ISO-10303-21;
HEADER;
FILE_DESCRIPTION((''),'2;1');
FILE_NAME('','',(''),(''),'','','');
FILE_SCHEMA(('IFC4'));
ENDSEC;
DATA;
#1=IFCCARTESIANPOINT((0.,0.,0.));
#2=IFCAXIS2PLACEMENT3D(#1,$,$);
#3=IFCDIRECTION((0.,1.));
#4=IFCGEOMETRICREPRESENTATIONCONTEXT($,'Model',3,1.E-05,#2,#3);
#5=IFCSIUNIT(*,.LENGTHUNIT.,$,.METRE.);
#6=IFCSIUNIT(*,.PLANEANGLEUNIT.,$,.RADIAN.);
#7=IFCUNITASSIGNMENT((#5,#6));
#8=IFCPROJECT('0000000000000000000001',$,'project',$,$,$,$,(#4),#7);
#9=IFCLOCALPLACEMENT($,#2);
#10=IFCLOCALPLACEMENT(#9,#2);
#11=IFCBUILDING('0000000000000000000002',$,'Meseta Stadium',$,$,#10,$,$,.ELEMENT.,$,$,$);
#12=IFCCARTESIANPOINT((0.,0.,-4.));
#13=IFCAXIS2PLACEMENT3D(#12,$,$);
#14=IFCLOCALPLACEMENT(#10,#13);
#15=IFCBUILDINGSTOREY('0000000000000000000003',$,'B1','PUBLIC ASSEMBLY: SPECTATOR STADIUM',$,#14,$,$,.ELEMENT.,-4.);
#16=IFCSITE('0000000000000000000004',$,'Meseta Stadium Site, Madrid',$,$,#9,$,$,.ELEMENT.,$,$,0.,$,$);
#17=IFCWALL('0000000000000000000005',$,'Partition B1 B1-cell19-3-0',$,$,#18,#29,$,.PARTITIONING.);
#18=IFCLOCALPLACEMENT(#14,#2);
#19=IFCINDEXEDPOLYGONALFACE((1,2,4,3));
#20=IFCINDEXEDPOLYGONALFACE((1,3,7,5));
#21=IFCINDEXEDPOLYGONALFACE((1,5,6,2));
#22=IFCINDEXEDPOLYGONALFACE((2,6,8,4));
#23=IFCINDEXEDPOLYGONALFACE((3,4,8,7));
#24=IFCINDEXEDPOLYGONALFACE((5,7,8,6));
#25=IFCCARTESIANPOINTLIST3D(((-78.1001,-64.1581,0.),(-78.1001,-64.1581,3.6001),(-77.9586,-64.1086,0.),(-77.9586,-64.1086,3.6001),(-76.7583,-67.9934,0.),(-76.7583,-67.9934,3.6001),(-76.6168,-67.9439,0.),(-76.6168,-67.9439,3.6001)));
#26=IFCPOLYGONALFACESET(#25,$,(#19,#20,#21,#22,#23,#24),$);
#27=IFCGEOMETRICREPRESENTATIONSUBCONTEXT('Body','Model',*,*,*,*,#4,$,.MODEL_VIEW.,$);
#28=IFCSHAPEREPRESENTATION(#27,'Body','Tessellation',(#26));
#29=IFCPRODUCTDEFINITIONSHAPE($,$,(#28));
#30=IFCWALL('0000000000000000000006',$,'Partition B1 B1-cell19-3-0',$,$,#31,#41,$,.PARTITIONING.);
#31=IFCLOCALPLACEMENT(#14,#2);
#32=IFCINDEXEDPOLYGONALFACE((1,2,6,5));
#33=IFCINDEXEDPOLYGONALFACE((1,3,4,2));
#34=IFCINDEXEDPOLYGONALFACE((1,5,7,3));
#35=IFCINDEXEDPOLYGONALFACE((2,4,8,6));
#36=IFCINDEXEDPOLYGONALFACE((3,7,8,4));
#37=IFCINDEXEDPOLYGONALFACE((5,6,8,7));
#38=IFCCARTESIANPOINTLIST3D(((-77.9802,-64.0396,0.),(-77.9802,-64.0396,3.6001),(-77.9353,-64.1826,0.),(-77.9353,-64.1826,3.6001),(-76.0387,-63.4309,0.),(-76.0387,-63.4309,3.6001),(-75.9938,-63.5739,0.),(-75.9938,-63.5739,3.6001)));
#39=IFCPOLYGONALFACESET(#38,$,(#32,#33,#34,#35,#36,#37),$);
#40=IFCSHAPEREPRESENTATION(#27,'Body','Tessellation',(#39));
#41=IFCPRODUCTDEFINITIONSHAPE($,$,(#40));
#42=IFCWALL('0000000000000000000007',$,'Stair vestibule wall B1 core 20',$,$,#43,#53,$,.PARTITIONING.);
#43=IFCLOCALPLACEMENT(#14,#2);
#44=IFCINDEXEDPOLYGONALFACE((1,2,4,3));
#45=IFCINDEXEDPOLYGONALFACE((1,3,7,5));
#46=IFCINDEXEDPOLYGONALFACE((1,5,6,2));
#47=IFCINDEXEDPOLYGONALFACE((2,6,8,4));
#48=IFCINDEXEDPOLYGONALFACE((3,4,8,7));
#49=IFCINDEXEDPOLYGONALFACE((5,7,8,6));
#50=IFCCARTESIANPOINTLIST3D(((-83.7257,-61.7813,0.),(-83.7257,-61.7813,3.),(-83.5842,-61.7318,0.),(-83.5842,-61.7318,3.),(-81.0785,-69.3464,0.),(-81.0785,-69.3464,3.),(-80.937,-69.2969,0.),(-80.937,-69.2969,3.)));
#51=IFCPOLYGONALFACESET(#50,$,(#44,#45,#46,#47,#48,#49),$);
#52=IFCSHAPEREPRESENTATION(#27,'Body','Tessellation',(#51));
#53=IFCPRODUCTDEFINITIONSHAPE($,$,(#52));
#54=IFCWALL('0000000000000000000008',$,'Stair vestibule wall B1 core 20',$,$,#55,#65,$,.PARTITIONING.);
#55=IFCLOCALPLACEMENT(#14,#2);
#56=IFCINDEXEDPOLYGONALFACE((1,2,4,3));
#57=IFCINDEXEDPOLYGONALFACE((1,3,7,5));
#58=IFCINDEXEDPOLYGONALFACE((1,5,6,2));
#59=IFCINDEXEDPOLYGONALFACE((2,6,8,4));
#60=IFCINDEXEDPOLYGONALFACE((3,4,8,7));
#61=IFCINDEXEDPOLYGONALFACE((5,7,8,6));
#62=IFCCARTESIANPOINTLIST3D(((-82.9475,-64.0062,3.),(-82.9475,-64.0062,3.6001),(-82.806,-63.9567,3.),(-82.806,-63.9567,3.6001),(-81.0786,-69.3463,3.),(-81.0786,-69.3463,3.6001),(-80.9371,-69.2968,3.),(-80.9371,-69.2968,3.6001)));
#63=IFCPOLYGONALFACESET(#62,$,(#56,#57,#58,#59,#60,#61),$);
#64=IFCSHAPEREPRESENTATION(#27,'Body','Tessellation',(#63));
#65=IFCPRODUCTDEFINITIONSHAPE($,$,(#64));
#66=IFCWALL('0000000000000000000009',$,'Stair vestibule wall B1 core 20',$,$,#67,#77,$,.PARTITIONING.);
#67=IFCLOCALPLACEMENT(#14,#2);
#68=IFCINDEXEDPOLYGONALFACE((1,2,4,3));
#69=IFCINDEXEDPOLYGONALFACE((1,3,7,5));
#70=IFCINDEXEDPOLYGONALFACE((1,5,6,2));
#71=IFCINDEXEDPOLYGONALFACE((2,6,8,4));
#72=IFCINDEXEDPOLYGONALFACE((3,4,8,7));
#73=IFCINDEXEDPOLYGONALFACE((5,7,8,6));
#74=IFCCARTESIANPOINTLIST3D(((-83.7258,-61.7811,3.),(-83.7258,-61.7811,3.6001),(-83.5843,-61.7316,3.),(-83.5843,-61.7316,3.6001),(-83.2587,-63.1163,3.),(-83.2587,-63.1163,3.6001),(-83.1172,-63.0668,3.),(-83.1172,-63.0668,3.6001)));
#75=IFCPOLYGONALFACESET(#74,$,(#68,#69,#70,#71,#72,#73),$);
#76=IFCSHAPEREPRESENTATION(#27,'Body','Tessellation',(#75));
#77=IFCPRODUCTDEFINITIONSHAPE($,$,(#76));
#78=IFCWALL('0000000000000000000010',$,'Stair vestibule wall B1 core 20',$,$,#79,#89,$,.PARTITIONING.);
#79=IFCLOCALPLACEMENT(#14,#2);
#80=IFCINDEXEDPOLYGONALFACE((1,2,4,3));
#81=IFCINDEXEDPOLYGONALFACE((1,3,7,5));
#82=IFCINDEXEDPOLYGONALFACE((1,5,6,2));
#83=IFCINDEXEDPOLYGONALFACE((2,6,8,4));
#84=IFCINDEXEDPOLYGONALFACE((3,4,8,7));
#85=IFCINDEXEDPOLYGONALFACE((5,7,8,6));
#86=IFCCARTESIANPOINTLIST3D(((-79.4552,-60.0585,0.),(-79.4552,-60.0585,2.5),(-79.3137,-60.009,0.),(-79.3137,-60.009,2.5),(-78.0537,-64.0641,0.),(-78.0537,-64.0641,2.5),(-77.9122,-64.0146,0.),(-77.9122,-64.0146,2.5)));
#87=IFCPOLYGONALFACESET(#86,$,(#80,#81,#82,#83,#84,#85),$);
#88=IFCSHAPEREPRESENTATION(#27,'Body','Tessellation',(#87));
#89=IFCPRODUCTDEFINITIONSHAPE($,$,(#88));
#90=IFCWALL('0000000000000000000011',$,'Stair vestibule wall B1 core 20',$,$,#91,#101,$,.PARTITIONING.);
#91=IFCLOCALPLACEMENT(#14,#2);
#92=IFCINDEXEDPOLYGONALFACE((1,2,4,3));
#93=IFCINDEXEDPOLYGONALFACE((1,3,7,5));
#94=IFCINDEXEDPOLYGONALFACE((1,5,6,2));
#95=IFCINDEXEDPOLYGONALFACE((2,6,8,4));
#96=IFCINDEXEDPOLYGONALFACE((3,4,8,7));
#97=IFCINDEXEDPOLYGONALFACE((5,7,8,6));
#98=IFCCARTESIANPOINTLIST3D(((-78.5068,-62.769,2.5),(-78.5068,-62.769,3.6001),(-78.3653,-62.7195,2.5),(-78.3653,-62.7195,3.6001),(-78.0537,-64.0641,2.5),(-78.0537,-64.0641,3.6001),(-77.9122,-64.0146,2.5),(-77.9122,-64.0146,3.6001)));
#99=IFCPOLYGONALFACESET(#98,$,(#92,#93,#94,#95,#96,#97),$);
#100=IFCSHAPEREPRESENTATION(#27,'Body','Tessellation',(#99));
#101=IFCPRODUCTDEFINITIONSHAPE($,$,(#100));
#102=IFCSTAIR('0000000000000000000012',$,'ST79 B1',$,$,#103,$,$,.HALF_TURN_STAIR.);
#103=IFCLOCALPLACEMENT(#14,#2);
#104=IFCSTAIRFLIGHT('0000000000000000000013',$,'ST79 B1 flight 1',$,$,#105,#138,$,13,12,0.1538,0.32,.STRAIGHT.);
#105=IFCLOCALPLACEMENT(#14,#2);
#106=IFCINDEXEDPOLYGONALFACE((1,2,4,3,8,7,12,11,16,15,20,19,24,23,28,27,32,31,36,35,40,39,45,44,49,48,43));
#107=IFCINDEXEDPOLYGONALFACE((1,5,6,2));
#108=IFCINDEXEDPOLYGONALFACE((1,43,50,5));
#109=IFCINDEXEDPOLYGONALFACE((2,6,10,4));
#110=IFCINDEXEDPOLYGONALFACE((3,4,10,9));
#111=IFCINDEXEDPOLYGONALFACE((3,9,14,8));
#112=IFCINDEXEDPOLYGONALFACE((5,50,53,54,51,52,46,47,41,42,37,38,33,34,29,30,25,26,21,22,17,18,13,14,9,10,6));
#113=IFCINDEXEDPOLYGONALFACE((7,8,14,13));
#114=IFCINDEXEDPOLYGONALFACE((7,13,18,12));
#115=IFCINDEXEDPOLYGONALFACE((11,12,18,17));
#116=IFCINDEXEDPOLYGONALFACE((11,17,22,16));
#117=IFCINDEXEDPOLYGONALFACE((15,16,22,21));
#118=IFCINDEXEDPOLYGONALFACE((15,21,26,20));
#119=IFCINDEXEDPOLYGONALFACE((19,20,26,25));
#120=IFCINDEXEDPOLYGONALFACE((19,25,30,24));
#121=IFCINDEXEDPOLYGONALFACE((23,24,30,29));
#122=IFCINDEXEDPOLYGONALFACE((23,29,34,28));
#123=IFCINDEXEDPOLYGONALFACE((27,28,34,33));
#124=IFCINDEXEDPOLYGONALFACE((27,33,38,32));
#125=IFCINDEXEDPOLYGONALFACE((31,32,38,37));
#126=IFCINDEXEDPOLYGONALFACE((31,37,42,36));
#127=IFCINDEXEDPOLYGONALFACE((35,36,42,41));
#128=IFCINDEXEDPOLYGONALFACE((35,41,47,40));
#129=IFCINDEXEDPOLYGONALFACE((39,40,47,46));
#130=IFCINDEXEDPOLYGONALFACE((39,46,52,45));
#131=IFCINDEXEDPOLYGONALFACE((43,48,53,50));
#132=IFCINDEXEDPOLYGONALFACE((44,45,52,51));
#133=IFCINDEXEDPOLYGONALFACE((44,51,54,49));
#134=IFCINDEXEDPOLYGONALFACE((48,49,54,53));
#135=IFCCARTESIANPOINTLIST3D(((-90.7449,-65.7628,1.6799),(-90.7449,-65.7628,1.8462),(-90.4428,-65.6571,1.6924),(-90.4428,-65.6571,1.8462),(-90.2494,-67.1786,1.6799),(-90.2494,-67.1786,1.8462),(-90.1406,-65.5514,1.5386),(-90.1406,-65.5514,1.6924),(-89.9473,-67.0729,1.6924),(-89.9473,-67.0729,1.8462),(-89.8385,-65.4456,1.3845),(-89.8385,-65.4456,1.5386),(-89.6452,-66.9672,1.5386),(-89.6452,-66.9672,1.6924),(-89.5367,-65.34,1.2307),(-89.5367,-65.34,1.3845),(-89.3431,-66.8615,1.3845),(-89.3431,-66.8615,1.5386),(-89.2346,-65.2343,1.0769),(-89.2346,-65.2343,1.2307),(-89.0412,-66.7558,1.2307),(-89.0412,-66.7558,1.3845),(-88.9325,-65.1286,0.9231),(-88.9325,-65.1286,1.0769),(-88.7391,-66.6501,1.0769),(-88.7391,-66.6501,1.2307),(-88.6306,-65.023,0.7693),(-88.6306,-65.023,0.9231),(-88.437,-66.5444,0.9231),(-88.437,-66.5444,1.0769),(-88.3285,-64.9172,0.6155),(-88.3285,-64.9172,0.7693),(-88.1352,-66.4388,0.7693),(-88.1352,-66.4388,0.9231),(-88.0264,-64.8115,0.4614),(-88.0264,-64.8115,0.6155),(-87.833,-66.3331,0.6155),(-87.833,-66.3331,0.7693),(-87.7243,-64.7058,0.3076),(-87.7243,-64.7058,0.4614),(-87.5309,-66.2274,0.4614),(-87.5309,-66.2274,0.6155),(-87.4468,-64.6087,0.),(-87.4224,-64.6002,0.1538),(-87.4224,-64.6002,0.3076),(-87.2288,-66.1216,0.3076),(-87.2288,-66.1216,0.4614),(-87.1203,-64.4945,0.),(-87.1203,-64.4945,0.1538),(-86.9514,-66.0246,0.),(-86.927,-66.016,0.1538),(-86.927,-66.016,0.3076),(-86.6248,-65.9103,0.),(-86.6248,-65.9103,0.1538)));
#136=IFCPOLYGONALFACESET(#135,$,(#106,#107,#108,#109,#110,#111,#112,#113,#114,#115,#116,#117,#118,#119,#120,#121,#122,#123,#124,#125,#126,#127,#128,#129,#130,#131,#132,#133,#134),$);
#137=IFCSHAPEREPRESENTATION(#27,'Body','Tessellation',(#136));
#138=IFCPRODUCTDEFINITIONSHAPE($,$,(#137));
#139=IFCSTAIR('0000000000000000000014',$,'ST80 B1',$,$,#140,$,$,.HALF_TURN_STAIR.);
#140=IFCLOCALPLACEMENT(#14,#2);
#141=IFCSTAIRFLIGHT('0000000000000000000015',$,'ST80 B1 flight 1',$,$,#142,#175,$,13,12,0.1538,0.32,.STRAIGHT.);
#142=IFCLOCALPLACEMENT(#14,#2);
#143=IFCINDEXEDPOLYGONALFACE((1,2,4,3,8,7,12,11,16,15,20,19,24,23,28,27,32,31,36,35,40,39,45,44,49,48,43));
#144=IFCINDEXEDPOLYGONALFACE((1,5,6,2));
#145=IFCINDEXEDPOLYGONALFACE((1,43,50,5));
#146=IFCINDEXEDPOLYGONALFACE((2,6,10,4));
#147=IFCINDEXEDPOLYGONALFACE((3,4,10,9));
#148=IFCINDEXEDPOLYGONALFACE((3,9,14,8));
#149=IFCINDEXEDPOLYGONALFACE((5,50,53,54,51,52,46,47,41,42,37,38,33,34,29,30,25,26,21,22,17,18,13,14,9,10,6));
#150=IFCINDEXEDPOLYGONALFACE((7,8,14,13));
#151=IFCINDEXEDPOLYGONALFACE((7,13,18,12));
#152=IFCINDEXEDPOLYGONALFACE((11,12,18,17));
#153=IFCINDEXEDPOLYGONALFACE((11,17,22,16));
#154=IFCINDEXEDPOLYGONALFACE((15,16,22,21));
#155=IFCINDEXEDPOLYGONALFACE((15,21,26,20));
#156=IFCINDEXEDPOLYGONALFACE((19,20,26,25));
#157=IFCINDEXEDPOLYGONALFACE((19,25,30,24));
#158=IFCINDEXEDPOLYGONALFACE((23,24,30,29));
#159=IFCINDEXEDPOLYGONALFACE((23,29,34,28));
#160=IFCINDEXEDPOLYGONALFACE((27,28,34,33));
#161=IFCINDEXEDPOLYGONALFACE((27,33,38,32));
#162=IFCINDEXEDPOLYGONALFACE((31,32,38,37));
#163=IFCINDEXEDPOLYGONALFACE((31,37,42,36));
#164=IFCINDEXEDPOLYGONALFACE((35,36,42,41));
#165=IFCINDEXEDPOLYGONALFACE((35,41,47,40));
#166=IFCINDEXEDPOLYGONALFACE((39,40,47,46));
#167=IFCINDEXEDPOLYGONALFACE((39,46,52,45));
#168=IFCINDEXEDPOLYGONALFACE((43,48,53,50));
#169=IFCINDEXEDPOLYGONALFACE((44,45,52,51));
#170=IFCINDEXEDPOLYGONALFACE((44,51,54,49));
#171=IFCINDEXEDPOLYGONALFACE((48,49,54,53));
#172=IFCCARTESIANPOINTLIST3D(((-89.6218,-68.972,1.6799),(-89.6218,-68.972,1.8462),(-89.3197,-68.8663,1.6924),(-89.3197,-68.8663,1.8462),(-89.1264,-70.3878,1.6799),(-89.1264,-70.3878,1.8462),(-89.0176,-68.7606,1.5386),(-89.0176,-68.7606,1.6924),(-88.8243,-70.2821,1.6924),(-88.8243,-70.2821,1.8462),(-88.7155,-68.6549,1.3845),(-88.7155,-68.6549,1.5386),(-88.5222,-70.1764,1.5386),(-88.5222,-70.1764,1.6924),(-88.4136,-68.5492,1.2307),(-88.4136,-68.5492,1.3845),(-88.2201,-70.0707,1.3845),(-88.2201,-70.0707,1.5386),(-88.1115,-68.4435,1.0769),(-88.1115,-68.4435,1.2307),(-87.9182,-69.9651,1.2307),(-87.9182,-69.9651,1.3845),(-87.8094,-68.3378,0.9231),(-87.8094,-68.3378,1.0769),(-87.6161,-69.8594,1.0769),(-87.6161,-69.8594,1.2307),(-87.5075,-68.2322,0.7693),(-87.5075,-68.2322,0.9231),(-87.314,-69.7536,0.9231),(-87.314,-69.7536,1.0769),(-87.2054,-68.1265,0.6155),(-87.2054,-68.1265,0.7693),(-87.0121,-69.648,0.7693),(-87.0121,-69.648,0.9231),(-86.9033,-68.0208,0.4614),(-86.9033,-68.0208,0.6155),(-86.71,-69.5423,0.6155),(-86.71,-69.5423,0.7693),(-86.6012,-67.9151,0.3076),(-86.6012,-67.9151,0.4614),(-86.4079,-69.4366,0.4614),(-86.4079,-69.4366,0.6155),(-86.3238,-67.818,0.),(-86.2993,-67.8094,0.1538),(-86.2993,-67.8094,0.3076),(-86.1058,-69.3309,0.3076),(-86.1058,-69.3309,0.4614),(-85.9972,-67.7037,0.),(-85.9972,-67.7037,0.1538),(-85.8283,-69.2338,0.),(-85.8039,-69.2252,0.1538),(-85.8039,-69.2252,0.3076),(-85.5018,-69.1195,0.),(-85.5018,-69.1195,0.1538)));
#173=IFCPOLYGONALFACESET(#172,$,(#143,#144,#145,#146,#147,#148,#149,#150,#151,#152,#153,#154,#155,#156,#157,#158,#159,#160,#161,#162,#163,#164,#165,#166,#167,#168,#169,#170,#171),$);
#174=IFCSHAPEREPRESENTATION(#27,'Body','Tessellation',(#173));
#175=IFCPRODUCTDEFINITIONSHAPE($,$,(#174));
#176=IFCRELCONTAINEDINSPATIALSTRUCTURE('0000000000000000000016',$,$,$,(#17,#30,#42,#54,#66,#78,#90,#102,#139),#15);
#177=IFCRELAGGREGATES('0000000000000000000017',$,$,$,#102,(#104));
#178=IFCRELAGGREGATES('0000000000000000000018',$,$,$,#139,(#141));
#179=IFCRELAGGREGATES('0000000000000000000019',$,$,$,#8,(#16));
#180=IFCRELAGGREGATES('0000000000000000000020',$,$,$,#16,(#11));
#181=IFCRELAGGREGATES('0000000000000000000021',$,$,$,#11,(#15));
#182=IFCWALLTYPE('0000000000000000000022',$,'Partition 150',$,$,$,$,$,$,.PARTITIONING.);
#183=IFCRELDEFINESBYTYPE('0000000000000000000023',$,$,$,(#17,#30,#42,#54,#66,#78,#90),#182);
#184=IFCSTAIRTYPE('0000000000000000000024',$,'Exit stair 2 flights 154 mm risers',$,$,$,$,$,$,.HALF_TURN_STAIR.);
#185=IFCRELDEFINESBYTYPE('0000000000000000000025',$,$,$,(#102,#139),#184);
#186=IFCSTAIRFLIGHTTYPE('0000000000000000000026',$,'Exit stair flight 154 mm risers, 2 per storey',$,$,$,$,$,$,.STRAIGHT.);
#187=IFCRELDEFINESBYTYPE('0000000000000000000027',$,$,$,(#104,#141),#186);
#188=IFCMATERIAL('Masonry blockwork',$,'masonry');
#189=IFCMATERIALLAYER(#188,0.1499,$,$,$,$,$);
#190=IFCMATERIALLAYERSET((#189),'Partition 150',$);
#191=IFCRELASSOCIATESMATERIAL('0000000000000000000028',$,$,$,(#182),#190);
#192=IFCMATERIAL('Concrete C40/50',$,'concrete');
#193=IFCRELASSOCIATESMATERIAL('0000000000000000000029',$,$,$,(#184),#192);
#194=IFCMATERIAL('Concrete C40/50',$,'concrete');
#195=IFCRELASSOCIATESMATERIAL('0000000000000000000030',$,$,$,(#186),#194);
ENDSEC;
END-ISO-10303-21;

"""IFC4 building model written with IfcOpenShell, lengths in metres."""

from ifc_helpers import new_model, si_unit, direction, frame, frame_2d, origin, place, context, subcontext, project, spatial, polyline, rectangle, outline, extrude, material, layer, layer_set, type_object, element, aggregate, save


model = new_model("IFC4")

# Units and contexts
model_context = context("Model", 3, precision=1e-05, world=origin(), true_north=direction((0.0, 1.0)))
body_context = subcontext(model_context, "Body", "Model", "MODEL_VIEW")
ifc_project = project(units=[si_unit("LENGTHUNIT", "METRE"), si_unit("PLANEANGLEUNIT", "RADIAN")], contexts=[model_context])

# Site, building, storey
site_placement = place(None, origin())
site = spatial("IfcSite", under=ifc_project, at=site_placement, Name="Meseta Stadium Site, Madrid", CompositionType="ELEMENT", RefElevation=0.0)
building_placement = place(site_placement, origin())
building = spatial("IfcBuilding", under=site, at=building_placement, Name="Meseta Stadium", CompositionType="ELEMENT")
storey_placement = place(building_placement, frame((0.0, 0.0, -4.0)))
storey = spatial("IfcBuildingStorey", under=building, at=storey_placement, Name="B1", Description="PUBLIC ASSEMBLY: SPECTATOR STADIUM", CompositionType="ELEMENT", Elevation=-4.0)

# Shared definitions
ifc_material_1 = material(Name="Masonry blockwork", Category="masonry")
ifc_layer_1 = layer(ifc_material_1, 0.1499)
ifc_layer_set_1 = layer_set([ifc_layer_1], Name="Partition 150")
wall_type_1 = type_object("IfcWallType", Name="Partition 150", PredefinedType="PARTITIONING", material=ifc_layer_set_1)

# Walls
wall_1_placement = place(storey_placement, frame((-76.6875, -67.9688, 0.0), z_axis=(0.0, 0.0, 1.0), x_axis=(-0.330235, 0.943899, 0.0)))
element("IfcWall", 1, at=wall_1_placement, inside=storey, type_object=wall_type_1, Name="Partition B1 B1-cell19-3-0", PredefinedType="PARTITIONING", context=body_context, shape_type="SweptSolid", body=[
    extrude(rectangle(XDim=4.0632, YDim=0.1499, at=frame_2d((2.0317, 0.0))), origin(), (0.0, 0.0, 1.0), 3.6001),
])
wall_2_placement = place(storey_placement, frame((-77.9578, -64.1111, 0.0), z_axis=(0.0, 0.0, 1.0), x_axis=(0.954206, 0.299149, 0.0)))
element("IfcWall", 2, at=wall_2_placement, inside=storey, type_object=wall_type_1, Name="Partition B1 B1-cell19-3-0", PredefinedType="PARTITIONING", context=body_context, shape_type="SweptSolid", body=[
    extrude(rectangle(XDim=2.0347, YDim=0.1499, at=frame_2d((1.0173, 0.0))), origin(), (0.0, 0.0, 1.0), 3.6001),
])
wall_3_placement = place(storey_placement, frame((-81.0078, -69.3215, 0.0), z_axis=(0.0, 0.0, 1.0), x_axis=(-0.330284, 0.943882, 0.0)))
element("IfcWall", 3, at=wall_3_placement, inside=storey, type_object=wall_type_1, Name="Stair vestibule wall B1 core 20", PredefinedType="PARTITIONING", context=body_context, shape_type="SweptSolid", body=[
    extrude(rectangle(XDim=8.0149, YDim=0.1499, at=frame_2d((4.0073, 0.0))), origin(), (0.0, 0.0, 1.0), 3.0),
])
wall_4_placement = place(storey_placement, frame((-81.0078, -69.3215, 3.0), z_axis=(0.0, 0.0, 1.0), x_axis=(-0.330329, 0.943866, 0.0)))
element("IfcWall", 4, at=wall_4_placement, inside=storey, type_object=wall_type_1, Name="Stair vestibule wall B1 core 20", PredefinedType="PARTITIONING", context=body_context, shape_type="SweptSolid", body=[
    extrude(rectangle(XDim=5.6577, YDim=0.1499, at=frame_2d((2.8289, 0.0))), origin(), (0.0, 0.0, 1.0), 0.6001),
])
wall_5_placement = place(storey_placement, frame((-83.188, -63.0916, 3.0), z_axis=(0.0, 0.0, 1.0), x_axis=(-0.330174, 0.94392, 0.0)))
element("IfcWall", 5, at=wall_5_placement, inside=storey, type_object=wall_type_1, Name="Stair vestibule wall B1 core 20", PredefinedType="PARTITIONING", context=body_context, shape_type="SweptSolid", body=[
    extrude(rectangle(XDim=1.4146, YDim=0.1499, at=frame_2d((0.7073, 0.0))), origin(), (0.0, 0.0, 1.0), 0.6001),
])
wall_6_placement = place(storey_placement, frame((-77.9829, -64.0393, 0.0), z_axis=(0.0, 0.0, 1.0), x_axis=(-0.330276, 0.943884, 0.0)))
element("IfcWall", 6, at=wall_6_placement, inside=storey, type_object=wall_type_1, Name="Stair vestibule wall B1 core 20", PredefinedType="PARTITIONING", context=body_context, shape_type="SweptSolid", body=[
    extrude(rectangle(XDim=4.2437, YDim=0.1499, at=frame_2d((2.1218, 0.0))), origin(), (0.0, 0.0, 1.0), 2.5),
])
wall_7_placement = place(storey_placement, frame((-77.9829, -64.0393, 2.5), z_axis=(0.0, 0.0, 1.0), x_axis=(-0.330232, 0.9439, 0.0)))
element("IfcWall", 7, at=wall_7_placement, inside=storey, type_object=wall_type_1, Name="Stair vestibule wall B1 core 20", PredefinedType="PARTITIONING", context=body_context, shape_type="SweptSolid", body=[
    extrude(rectangle(XDim=1.3721, YDim=0.1499, at=frame_2d((0.686, 0.0))), origin(), (0.0, 0.0, 1.0), 1.1001),
])

# Stairs, stair flights
ifc_material_2 = material(Name="Concrete C40/50", Category="concrete")
stair_type = type_object("IfcStairType", Name="Exit stair 2 flights 154 mm risers", PredefinedType="HALF_TURN_STAIR", material=ifc_material_2)
stair_1_placement = place(storey_placement, origin())
stair_1 = element("IfcStair", 8, at=stair_1_placement, inside=storey, type_object=stair_type, Name="ST79 B1", PredefinedType="HALF_TURN_STAIR")
ifc_material_3 = material(Name="Concrete C40/50", Category="concrete")
stair_flight_type = type_object("IfcStairFlightType", Name="Exit stair flight 154 mm risers, 2 per storey", PredefinedType="STRAIGHT", material=ifc_material_3)
stair_flight_1_placement = place(storey_placement, frame((-86.8726, -65.2024, 0.0), z_axis=(0.0, 0.0, 1.0), x_axis=(-0.943883, -0.330279, 0.0)))
stair_flight_1 = element("IfcStairFlight", 9, at=stair_flight_1_placement, type_object=stair_flight_type, Name="ST79 B1 flight 1", NumberOfRisers=13, NumberOfTreads=12, PredefinedType="STRAIGHT", RiserHeight=0.1538, TreadLength=0.32, context=body_context, shape_type="SweptSolid", body=[
    extrude(outline(polyline([(0.0, 0.0), (0.0, 0.1538), (0.3201, 0.1538), (0.3201, 0.3076), (0.6399, 0.3076), (0.6399, 0.4614), (0.96, 0.4614), (0.96, 0.6155), (1.28, 0.6155), (1.28, 0.7693), (1.6001, 0.7693), (1.6001, 0.9231), (1.9199, 0.9231), (1.9199, 1.0769), (2.24, 1.0769), (2.24, 1.2307), (2.5601, 1.2307), (2.5601, 1.3845), (2.8799, 1.3845), (2.8799, 1.5386), (3.2, 1.5386), (3.2, 1.6924), (3.52, 1.6924), (3.52, 1.8462), (3.8401, 1.8462), (3.8401, 1.6799), (0.3459, 0.0), (0.0, 0.0)])), frame((0.0, 0.75, 0.0), z_axis=(0.0, -1.0, 0.0), x_axis=(1.0, 0.0, 0.0)), (0.0, 0.0, 1.0), 1.5),
])
aggregate(stair_1, [stair_flight_1])
stair_2_placement = place(storey_placement, origin())
stair_2 = element("IfcStair", 10, at=stair_2_placement, inside=storey, type_object=stair_type, Name="ST80 B1", PredefinedType="HALF_TURN_STAIR")
stair_flight_2_placement = place(storey_placement, frame((-85.7495, -68.4116, 0.0), z_axis=(0.0, 0.0, 1.0), x_axis=(-0.943883, -0.330279, 0.0)))
stair_flight_2 = element("IfcStairFlight", 11, at=stair_flight_2_placement, type_object=stair_flight_type, Name="ST80 B1 flight 1", NumberOfRisers=13, NumberOfTreads=12, PredefinedType="STRAIGHT", RiserHeight=0.1538, TreadLength=0.32, context=body_context, shape_type="SweptSolid", body=[
    extrude(outline(polyline([(0.0, 0.0), (0.0, 0.1538), (0.3201, 0.1538), (0.3201, 0.3076), (0.6399, 0.3076), (0.6399, 0.4614), (0.96, 0.4614), (0.96, 0.6155), (1.28, 0.6155), (1.28, 0.7693), (1.6001, 0.7693), (1.6001, 0.9231), (1.9199, 0.9231), (1.9199, 1.0769), (2.24, 1.0769), (2.24, 1.2307), (2.5601, 1.2307), (2.5601, 1.3845), (2.8799, 1.3845), (2.8799, 1.5386), (3.2, 1.5386), (3.2, 1.6924), (3.52, 1.6924), (3.52, 1.8462), (3.8401, 1.8462), (3.8401, 1.6799), (0.3459, 0.0), (0.0, 0.0)])), frame((0.0, 0.75, 0.0), z_axis=(0.0, -1.0, 0.0), x_axis=(1.0, 0.0, 0.0)), (0.0, 0.0, 1.0), 1.5),
])
aggregate(stair_2, [stair_flight_2])

save(model, "model.ifc")
